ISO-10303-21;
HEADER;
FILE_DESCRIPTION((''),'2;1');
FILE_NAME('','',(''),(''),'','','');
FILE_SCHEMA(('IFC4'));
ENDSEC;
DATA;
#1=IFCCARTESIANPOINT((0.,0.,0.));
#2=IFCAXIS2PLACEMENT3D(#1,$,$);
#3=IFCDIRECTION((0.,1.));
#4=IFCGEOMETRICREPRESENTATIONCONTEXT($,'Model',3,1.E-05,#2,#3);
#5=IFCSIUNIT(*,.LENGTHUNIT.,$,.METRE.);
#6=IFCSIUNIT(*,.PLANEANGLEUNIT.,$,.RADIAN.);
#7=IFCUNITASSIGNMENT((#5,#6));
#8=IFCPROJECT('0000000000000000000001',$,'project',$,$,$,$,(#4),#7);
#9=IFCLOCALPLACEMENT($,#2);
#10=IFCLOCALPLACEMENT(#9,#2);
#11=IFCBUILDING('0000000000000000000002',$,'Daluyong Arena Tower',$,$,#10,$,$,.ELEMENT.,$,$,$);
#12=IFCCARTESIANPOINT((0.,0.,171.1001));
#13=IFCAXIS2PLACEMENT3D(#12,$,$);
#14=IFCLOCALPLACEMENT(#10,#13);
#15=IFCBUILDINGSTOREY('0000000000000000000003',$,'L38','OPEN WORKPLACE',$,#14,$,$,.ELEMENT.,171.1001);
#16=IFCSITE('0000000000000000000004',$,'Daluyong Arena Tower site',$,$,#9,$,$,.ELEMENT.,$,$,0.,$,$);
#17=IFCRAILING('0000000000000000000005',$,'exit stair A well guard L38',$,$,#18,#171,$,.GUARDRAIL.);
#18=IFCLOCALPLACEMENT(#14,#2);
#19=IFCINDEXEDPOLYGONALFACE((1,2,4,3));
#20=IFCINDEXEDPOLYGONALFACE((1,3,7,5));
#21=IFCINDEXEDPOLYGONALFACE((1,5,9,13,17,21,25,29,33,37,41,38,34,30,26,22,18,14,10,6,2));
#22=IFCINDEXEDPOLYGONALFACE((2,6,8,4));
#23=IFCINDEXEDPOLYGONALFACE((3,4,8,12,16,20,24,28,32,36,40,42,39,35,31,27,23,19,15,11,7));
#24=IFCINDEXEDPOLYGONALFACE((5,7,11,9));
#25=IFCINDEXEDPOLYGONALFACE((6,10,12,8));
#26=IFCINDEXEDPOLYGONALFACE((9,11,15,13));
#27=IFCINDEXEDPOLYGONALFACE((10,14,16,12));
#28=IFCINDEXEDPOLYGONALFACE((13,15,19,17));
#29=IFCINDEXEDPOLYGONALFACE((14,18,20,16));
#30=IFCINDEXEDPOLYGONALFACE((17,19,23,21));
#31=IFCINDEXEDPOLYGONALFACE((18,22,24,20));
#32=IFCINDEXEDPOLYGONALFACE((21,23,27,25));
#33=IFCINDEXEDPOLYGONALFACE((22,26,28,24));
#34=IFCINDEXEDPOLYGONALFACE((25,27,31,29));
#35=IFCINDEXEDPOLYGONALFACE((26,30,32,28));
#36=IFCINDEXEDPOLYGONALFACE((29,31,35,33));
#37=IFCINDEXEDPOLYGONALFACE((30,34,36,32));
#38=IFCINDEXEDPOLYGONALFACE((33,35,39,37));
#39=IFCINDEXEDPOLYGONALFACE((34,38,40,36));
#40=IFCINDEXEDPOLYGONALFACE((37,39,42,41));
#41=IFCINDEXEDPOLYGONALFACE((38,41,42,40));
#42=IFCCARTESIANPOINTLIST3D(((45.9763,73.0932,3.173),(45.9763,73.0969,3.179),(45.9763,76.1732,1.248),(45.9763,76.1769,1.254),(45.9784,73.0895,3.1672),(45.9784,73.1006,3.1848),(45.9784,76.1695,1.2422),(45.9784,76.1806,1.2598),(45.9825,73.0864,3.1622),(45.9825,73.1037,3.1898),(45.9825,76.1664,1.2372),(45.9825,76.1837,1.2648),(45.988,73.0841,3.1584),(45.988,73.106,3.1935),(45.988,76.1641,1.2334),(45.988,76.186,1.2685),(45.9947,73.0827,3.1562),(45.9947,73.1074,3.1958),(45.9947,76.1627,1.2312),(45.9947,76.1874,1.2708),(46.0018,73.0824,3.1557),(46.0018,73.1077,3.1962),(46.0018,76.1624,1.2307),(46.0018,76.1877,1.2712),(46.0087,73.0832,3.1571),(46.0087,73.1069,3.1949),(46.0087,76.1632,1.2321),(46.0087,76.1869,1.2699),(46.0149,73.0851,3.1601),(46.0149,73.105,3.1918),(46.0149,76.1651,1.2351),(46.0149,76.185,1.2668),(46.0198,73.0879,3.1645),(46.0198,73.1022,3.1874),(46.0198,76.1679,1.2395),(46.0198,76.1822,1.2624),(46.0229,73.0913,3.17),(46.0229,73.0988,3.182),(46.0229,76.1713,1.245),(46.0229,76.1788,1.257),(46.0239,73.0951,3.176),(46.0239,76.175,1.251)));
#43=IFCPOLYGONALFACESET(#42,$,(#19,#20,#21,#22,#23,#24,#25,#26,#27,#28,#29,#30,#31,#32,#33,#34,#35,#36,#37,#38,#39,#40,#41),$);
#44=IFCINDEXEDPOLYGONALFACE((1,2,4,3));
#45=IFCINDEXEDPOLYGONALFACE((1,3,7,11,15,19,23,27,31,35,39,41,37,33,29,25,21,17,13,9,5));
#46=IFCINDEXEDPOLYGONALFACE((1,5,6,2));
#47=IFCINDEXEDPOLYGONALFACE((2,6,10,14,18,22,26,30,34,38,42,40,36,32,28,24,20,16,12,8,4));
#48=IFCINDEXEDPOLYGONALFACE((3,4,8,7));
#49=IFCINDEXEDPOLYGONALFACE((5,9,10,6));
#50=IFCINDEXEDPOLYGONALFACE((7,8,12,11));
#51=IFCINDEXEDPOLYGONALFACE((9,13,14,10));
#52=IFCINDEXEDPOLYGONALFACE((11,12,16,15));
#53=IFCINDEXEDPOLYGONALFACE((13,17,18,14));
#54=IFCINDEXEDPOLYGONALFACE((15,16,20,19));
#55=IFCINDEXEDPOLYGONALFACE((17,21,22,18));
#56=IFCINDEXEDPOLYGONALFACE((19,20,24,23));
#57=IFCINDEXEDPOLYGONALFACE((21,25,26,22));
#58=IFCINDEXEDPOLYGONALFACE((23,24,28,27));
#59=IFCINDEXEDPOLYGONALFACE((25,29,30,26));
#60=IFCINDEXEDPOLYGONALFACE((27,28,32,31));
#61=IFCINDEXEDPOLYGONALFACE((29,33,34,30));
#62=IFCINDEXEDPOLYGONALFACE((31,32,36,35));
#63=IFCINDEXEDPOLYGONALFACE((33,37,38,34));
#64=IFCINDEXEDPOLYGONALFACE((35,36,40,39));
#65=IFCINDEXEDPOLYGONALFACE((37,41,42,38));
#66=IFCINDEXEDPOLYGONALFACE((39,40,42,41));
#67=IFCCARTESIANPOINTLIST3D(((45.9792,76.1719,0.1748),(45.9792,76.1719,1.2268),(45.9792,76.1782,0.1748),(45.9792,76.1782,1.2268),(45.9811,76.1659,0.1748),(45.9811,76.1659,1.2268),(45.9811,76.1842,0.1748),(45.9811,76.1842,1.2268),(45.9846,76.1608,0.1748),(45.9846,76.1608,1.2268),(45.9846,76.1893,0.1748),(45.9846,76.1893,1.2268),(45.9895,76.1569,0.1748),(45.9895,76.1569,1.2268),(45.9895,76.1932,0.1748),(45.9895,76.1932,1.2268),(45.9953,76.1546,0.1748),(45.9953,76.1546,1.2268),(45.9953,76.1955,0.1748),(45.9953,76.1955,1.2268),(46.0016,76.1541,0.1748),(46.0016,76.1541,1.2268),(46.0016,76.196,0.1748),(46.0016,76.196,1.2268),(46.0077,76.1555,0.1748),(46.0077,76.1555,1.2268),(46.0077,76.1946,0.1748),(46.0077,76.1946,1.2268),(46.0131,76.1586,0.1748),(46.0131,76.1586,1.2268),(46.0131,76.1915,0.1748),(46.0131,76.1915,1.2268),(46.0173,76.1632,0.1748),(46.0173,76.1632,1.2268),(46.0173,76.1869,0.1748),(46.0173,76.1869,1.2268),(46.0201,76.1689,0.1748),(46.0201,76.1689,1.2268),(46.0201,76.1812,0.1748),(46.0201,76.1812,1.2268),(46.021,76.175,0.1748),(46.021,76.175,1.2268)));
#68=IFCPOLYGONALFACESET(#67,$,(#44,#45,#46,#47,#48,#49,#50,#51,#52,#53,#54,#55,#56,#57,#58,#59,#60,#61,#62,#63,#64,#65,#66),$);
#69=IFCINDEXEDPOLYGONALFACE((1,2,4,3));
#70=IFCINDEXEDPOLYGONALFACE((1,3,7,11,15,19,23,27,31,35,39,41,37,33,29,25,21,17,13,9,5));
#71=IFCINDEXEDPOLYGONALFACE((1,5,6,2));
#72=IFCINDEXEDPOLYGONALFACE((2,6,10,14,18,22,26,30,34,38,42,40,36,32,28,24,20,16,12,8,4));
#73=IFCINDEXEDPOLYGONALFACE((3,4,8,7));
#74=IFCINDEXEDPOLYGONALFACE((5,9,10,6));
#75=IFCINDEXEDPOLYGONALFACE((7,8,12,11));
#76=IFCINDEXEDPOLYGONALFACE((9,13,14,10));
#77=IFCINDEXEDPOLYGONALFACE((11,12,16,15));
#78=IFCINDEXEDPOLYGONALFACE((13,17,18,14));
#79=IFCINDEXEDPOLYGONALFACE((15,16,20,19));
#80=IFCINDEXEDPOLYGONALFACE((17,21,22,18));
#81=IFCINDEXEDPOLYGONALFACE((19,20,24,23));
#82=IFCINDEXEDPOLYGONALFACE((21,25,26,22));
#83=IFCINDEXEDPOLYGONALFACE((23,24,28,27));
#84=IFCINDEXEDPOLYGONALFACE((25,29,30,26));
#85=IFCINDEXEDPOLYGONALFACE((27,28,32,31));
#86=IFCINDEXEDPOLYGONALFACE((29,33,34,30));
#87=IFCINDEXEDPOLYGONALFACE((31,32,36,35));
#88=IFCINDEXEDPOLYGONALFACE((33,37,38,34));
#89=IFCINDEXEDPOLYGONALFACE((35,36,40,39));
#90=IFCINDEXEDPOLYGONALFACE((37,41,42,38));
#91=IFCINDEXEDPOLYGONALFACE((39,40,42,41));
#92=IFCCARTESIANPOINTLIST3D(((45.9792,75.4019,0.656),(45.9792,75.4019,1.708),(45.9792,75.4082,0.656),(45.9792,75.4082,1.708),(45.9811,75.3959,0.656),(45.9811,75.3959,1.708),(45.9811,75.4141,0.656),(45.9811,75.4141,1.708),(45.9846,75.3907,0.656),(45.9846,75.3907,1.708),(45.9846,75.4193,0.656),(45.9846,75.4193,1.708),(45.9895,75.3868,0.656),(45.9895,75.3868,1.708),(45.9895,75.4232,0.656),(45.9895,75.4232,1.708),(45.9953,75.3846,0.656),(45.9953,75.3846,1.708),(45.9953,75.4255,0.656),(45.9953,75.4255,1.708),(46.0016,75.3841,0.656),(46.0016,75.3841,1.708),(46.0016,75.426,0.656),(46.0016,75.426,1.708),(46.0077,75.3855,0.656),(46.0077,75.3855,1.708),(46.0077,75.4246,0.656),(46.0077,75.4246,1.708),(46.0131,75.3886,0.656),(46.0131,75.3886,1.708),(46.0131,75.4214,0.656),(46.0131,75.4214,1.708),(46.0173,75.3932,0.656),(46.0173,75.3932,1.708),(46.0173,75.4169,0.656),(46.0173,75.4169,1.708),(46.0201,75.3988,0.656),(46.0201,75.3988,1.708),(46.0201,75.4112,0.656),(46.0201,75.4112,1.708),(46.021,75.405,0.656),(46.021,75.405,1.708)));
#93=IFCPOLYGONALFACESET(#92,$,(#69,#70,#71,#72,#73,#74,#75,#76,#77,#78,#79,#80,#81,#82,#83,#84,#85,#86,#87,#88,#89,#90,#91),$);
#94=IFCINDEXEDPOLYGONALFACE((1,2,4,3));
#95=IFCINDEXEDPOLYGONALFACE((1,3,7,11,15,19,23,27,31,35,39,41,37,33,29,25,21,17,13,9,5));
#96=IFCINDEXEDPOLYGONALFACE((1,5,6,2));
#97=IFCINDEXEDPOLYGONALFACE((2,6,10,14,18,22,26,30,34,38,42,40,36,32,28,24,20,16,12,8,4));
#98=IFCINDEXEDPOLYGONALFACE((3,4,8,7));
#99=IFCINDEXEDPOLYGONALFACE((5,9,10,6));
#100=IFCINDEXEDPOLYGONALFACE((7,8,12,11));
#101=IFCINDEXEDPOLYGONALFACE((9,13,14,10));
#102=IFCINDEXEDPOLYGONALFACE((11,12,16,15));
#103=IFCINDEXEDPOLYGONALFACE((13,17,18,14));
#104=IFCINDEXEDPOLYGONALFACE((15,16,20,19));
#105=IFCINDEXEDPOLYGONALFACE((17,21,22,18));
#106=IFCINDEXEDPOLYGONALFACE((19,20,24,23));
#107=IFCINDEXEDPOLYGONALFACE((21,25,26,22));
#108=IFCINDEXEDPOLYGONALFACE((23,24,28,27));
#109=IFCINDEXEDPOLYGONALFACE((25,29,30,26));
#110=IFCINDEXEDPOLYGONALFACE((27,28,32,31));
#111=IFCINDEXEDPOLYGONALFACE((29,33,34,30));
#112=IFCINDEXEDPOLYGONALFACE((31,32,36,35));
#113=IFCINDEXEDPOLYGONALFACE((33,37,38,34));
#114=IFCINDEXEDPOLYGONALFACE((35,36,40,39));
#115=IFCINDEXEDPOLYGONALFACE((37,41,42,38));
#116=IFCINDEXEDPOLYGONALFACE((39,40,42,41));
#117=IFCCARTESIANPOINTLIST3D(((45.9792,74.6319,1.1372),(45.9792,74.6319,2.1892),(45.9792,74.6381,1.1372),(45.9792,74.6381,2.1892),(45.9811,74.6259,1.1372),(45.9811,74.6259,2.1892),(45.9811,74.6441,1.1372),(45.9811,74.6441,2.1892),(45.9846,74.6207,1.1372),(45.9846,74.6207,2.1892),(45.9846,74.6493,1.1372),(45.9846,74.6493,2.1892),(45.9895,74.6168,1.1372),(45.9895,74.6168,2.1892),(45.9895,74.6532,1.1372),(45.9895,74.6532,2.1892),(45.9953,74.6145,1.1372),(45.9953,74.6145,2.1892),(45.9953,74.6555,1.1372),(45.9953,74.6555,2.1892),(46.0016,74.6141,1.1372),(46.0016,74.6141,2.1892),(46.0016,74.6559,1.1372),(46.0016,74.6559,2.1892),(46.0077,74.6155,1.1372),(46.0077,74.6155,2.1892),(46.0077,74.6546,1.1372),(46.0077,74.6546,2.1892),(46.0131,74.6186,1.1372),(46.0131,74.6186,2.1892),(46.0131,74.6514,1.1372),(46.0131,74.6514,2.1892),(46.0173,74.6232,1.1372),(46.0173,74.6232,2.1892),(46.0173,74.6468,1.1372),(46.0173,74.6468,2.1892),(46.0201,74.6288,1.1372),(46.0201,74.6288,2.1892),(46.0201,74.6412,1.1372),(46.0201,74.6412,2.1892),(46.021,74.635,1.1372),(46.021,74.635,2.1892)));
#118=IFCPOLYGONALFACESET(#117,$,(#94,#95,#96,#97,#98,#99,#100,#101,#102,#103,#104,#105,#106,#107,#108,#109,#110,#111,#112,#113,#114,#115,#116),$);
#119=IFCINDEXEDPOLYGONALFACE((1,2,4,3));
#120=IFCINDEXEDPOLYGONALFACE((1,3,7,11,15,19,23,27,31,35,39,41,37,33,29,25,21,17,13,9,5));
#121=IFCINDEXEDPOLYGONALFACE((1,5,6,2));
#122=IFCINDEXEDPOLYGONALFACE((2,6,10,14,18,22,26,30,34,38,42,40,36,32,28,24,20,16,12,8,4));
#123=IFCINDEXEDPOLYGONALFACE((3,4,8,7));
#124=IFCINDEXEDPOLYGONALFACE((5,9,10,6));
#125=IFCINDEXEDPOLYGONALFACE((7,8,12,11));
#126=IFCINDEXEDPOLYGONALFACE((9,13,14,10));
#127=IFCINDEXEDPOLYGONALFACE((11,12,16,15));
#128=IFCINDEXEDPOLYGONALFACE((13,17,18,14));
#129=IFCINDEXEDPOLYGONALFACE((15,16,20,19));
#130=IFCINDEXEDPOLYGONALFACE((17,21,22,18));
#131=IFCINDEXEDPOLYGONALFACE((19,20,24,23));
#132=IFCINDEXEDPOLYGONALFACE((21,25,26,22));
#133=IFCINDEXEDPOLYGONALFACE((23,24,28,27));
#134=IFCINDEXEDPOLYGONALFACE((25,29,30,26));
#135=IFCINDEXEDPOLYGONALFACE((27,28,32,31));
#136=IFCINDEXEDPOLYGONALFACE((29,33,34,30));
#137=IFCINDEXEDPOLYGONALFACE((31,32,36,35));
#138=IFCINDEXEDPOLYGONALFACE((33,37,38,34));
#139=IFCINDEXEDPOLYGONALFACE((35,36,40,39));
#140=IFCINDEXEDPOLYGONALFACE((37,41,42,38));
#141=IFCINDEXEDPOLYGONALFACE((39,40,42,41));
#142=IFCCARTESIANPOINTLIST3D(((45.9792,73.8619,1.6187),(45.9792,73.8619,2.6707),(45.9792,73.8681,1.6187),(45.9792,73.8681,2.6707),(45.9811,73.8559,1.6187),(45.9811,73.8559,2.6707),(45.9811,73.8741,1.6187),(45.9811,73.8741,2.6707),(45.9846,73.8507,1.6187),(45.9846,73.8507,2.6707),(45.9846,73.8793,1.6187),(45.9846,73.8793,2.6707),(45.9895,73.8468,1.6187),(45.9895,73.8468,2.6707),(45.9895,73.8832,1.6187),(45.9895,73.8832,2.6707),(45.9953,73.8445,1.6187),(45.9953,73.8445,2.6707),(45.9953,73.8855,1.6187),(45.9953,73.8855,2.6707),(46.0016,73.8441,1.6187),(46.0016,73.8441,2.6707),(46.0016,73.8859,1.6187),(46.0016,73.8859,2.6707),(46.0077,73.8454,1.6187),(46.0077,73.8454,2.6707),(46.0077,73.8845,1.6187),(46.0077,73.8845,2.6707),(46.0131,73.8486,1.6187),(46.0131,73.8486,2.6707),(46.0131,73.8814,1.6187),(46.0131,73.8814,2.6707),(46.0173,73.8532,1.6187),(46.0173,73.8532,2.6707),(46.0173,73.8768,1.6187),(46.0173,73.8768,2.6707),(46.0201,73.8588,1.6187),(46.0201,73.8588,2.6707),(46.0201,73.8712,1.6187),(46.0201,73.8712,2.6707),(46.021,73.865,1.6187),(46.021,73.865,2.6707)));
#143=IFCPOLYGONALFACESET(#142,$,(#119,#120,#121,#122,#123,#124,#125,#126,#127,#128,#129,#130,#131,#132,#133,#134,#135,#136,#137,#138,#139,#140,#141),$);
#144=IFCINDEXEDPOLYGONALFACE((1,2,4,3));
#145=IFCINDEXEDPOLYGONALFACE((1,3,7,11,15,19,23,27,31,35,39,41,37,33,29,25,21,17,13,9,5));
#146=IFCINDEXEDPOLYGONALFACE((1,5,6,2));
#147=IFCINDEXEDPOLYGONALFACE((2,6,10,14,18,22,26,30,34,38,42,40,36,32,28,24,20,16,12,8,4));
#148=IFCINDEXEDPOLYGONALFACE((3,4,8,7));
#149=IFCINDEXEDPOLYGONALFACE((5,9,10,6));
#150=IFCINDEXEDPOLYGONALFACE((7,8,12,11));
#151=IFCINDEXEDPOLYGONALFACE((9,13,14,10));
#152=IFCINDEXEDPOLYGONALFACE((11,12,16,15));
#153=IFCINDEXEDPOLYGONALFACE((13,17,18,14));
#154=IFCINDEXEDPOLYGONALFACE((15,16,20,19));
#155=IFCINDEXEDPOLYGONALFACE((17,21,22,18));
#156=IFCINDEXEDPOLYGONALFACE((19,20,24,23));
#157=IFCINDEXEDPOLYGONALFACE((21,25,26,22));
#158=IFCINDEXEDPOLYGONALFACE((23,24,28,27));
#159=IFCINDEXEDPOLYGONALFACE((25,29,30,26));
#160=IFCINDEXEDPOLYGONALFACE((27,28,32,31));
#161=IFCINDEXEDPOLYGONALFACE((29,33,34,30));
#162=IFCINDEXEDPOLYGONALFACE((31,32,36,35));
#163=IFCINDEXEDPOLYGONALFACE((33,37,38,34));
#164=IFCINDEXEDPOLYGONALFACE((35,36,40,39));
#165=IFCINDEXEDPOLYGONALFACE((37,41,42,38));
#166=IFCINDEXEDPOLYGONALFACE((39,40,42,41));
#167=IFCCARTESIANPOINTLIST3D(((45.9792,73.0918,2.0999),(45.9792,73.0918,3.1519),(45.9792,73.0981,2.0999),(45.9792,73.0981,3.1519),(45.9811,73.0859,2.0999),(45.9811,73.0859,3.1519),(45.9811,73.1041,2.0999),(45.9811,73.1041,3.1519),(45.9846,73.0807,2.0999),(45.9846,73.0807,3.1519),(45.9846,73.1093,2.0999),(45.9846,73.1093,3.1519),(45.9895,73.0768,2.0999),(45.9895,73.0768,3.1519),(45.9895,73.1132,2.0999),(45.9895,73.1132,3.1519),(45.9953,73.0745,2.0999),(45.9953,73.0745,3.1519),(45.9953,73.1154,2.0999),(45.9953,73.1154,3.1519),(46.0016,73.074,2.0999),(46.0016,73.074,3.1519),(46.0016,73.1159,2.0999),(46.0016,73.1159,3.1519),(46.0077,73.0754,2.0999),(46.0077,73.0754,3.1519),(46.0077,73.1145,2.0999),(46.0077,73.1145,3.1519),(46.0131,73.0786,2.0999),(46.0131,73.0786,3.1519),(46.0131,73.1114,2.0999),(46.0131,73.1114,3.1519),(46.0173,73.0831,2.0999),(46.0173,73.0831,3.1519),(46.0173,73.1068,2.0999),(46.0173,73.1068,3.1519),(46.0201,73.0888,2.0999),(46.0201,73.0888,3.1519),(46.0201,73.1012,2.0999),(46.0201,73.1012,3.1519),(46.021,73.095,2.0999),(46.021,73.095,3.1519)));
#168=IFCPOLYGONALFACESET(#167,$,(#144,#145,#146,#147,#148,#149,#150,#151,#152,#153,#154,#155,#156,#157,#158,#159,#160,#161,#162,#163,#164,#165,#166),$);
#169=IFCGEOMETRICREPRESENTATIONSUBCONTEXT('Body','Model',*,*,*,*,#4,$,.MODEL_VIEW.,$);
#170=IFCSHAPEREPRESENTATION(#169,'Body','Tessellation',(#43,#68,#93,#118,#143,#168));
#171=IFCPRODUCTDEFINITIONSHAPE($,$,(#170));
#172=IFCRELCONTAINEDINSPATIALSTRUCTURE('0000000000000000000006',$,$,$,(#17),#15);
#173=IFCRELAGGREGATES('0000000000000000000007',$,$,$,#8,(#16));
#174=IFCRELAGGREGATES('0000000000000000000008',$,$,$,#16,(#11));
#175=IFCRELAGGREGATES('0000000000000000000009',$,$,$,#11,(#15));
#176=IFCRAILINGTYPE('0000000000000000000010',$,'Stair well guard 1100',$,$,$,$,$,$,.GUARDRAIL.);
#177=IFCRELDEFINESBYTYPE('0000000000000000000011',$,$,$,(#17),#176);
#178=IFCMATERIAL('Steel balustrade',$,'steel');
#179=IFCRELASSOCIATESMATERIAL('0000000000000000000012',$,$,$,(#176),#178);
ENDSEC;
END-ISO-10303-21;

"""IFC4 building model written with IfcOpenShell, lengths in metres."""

from ifc_helpers import new_model, si_unit, direction, frame, origin, origin_2d, place, context, subcontext, project, spatial, circle, extrude, material, type_object, element, save


model = new_model("IFC4")

# Units and contexts
model_context = context("Model", 3, precision=1e-05, world=origin(), true_north=direction((0.0, 1.0)))
body_context = subcontext(model_context, "Body", "Model", "MODEL_VIEW")
ifc_project = project(units=[si_unit("LENGTHUNIT", "METRE"), si_unit("PLANEANGLEUNIT", "RADIAN")], contexts=[model_context])

# Site, building, storey
site_placement = place(None, origin())
site = spatial("IfcSite", under=ifc_project, at=site_placement, Name="Daluyong Arena Tower site", CompositionType="ELEMENT", RefElevation=0.0)
building_placement = place(site_placement, origin())
building = spatial("IfcBuilding", under=site, at=building_placement, Name="Daluyong Arena Tower", CompositionType="ELEMENT")
storey_placement = place(building_placement, frame((0.0, 0.0, 171.1001)))
storey = spatial("IfcBuildingStorey", under=building, at=storey_placement, Name="L38", Description="OPEN WORKPLACE", CompositionType="ELEMENT", Elevation=171.1001)

# Railing
ifc_material_1 = material(Name="Steel balustrade", Category="steel")
railing_type_1 = type_object("IfcRailingType", Name="Stair well guard 1100", PredefinedType="GUARDRAIL", material=ifc_material_1)
railing_1_placement = place(storey_placement, frame((46.0, 76.175, 0.1748)))
element("IfcRailing", 1, at=railing_1_placement, inside=storey, type_object=railing_type_1, Name="exit stair A well guard L38", PredefinedType="GUARDRAIL", context=body_context, shape_type="SweptSolid", body=[
    extrude(circle(Radius=0.0239, at=origin_2d()), frame((0.0, 0.0, 1.0762), z_axis=(0.0, -0.847998, 0.529999), x_axis=(1.0, 0.0, 0.0)), (0.0, 0.0, 1.0), 3.6321),
    extrude(circle(Radius=0.021, at=origin_2d()), origin(), (0.0, 0.0, 1.0), 1.052),
    extrude(circle(Radius=0.021, at=origin_2d()), frame((0.0, -0.77, 0.4812)), (0.0, 0.0, 1.0), 1.052),
    extrude(circle(Radius=0.021, at=origin_2d()), frame((0.0, -1.54, 0.9624)), (0.0, 0.0, 1.0), 1.052),
    extrude(circle(Radius=0.021, at=origin_2d()), frame((0.0, -2.3101, 1.4438)), (0.0, 0.0, 1.0), 1.052),
    extrude(circle(Radius=0.021, at=origin_2d()), frame((0.0, -3.0801, 1.925)), (0.0, 0.0, 1.0), 1.052),
])

save(model, "model.ifc")
